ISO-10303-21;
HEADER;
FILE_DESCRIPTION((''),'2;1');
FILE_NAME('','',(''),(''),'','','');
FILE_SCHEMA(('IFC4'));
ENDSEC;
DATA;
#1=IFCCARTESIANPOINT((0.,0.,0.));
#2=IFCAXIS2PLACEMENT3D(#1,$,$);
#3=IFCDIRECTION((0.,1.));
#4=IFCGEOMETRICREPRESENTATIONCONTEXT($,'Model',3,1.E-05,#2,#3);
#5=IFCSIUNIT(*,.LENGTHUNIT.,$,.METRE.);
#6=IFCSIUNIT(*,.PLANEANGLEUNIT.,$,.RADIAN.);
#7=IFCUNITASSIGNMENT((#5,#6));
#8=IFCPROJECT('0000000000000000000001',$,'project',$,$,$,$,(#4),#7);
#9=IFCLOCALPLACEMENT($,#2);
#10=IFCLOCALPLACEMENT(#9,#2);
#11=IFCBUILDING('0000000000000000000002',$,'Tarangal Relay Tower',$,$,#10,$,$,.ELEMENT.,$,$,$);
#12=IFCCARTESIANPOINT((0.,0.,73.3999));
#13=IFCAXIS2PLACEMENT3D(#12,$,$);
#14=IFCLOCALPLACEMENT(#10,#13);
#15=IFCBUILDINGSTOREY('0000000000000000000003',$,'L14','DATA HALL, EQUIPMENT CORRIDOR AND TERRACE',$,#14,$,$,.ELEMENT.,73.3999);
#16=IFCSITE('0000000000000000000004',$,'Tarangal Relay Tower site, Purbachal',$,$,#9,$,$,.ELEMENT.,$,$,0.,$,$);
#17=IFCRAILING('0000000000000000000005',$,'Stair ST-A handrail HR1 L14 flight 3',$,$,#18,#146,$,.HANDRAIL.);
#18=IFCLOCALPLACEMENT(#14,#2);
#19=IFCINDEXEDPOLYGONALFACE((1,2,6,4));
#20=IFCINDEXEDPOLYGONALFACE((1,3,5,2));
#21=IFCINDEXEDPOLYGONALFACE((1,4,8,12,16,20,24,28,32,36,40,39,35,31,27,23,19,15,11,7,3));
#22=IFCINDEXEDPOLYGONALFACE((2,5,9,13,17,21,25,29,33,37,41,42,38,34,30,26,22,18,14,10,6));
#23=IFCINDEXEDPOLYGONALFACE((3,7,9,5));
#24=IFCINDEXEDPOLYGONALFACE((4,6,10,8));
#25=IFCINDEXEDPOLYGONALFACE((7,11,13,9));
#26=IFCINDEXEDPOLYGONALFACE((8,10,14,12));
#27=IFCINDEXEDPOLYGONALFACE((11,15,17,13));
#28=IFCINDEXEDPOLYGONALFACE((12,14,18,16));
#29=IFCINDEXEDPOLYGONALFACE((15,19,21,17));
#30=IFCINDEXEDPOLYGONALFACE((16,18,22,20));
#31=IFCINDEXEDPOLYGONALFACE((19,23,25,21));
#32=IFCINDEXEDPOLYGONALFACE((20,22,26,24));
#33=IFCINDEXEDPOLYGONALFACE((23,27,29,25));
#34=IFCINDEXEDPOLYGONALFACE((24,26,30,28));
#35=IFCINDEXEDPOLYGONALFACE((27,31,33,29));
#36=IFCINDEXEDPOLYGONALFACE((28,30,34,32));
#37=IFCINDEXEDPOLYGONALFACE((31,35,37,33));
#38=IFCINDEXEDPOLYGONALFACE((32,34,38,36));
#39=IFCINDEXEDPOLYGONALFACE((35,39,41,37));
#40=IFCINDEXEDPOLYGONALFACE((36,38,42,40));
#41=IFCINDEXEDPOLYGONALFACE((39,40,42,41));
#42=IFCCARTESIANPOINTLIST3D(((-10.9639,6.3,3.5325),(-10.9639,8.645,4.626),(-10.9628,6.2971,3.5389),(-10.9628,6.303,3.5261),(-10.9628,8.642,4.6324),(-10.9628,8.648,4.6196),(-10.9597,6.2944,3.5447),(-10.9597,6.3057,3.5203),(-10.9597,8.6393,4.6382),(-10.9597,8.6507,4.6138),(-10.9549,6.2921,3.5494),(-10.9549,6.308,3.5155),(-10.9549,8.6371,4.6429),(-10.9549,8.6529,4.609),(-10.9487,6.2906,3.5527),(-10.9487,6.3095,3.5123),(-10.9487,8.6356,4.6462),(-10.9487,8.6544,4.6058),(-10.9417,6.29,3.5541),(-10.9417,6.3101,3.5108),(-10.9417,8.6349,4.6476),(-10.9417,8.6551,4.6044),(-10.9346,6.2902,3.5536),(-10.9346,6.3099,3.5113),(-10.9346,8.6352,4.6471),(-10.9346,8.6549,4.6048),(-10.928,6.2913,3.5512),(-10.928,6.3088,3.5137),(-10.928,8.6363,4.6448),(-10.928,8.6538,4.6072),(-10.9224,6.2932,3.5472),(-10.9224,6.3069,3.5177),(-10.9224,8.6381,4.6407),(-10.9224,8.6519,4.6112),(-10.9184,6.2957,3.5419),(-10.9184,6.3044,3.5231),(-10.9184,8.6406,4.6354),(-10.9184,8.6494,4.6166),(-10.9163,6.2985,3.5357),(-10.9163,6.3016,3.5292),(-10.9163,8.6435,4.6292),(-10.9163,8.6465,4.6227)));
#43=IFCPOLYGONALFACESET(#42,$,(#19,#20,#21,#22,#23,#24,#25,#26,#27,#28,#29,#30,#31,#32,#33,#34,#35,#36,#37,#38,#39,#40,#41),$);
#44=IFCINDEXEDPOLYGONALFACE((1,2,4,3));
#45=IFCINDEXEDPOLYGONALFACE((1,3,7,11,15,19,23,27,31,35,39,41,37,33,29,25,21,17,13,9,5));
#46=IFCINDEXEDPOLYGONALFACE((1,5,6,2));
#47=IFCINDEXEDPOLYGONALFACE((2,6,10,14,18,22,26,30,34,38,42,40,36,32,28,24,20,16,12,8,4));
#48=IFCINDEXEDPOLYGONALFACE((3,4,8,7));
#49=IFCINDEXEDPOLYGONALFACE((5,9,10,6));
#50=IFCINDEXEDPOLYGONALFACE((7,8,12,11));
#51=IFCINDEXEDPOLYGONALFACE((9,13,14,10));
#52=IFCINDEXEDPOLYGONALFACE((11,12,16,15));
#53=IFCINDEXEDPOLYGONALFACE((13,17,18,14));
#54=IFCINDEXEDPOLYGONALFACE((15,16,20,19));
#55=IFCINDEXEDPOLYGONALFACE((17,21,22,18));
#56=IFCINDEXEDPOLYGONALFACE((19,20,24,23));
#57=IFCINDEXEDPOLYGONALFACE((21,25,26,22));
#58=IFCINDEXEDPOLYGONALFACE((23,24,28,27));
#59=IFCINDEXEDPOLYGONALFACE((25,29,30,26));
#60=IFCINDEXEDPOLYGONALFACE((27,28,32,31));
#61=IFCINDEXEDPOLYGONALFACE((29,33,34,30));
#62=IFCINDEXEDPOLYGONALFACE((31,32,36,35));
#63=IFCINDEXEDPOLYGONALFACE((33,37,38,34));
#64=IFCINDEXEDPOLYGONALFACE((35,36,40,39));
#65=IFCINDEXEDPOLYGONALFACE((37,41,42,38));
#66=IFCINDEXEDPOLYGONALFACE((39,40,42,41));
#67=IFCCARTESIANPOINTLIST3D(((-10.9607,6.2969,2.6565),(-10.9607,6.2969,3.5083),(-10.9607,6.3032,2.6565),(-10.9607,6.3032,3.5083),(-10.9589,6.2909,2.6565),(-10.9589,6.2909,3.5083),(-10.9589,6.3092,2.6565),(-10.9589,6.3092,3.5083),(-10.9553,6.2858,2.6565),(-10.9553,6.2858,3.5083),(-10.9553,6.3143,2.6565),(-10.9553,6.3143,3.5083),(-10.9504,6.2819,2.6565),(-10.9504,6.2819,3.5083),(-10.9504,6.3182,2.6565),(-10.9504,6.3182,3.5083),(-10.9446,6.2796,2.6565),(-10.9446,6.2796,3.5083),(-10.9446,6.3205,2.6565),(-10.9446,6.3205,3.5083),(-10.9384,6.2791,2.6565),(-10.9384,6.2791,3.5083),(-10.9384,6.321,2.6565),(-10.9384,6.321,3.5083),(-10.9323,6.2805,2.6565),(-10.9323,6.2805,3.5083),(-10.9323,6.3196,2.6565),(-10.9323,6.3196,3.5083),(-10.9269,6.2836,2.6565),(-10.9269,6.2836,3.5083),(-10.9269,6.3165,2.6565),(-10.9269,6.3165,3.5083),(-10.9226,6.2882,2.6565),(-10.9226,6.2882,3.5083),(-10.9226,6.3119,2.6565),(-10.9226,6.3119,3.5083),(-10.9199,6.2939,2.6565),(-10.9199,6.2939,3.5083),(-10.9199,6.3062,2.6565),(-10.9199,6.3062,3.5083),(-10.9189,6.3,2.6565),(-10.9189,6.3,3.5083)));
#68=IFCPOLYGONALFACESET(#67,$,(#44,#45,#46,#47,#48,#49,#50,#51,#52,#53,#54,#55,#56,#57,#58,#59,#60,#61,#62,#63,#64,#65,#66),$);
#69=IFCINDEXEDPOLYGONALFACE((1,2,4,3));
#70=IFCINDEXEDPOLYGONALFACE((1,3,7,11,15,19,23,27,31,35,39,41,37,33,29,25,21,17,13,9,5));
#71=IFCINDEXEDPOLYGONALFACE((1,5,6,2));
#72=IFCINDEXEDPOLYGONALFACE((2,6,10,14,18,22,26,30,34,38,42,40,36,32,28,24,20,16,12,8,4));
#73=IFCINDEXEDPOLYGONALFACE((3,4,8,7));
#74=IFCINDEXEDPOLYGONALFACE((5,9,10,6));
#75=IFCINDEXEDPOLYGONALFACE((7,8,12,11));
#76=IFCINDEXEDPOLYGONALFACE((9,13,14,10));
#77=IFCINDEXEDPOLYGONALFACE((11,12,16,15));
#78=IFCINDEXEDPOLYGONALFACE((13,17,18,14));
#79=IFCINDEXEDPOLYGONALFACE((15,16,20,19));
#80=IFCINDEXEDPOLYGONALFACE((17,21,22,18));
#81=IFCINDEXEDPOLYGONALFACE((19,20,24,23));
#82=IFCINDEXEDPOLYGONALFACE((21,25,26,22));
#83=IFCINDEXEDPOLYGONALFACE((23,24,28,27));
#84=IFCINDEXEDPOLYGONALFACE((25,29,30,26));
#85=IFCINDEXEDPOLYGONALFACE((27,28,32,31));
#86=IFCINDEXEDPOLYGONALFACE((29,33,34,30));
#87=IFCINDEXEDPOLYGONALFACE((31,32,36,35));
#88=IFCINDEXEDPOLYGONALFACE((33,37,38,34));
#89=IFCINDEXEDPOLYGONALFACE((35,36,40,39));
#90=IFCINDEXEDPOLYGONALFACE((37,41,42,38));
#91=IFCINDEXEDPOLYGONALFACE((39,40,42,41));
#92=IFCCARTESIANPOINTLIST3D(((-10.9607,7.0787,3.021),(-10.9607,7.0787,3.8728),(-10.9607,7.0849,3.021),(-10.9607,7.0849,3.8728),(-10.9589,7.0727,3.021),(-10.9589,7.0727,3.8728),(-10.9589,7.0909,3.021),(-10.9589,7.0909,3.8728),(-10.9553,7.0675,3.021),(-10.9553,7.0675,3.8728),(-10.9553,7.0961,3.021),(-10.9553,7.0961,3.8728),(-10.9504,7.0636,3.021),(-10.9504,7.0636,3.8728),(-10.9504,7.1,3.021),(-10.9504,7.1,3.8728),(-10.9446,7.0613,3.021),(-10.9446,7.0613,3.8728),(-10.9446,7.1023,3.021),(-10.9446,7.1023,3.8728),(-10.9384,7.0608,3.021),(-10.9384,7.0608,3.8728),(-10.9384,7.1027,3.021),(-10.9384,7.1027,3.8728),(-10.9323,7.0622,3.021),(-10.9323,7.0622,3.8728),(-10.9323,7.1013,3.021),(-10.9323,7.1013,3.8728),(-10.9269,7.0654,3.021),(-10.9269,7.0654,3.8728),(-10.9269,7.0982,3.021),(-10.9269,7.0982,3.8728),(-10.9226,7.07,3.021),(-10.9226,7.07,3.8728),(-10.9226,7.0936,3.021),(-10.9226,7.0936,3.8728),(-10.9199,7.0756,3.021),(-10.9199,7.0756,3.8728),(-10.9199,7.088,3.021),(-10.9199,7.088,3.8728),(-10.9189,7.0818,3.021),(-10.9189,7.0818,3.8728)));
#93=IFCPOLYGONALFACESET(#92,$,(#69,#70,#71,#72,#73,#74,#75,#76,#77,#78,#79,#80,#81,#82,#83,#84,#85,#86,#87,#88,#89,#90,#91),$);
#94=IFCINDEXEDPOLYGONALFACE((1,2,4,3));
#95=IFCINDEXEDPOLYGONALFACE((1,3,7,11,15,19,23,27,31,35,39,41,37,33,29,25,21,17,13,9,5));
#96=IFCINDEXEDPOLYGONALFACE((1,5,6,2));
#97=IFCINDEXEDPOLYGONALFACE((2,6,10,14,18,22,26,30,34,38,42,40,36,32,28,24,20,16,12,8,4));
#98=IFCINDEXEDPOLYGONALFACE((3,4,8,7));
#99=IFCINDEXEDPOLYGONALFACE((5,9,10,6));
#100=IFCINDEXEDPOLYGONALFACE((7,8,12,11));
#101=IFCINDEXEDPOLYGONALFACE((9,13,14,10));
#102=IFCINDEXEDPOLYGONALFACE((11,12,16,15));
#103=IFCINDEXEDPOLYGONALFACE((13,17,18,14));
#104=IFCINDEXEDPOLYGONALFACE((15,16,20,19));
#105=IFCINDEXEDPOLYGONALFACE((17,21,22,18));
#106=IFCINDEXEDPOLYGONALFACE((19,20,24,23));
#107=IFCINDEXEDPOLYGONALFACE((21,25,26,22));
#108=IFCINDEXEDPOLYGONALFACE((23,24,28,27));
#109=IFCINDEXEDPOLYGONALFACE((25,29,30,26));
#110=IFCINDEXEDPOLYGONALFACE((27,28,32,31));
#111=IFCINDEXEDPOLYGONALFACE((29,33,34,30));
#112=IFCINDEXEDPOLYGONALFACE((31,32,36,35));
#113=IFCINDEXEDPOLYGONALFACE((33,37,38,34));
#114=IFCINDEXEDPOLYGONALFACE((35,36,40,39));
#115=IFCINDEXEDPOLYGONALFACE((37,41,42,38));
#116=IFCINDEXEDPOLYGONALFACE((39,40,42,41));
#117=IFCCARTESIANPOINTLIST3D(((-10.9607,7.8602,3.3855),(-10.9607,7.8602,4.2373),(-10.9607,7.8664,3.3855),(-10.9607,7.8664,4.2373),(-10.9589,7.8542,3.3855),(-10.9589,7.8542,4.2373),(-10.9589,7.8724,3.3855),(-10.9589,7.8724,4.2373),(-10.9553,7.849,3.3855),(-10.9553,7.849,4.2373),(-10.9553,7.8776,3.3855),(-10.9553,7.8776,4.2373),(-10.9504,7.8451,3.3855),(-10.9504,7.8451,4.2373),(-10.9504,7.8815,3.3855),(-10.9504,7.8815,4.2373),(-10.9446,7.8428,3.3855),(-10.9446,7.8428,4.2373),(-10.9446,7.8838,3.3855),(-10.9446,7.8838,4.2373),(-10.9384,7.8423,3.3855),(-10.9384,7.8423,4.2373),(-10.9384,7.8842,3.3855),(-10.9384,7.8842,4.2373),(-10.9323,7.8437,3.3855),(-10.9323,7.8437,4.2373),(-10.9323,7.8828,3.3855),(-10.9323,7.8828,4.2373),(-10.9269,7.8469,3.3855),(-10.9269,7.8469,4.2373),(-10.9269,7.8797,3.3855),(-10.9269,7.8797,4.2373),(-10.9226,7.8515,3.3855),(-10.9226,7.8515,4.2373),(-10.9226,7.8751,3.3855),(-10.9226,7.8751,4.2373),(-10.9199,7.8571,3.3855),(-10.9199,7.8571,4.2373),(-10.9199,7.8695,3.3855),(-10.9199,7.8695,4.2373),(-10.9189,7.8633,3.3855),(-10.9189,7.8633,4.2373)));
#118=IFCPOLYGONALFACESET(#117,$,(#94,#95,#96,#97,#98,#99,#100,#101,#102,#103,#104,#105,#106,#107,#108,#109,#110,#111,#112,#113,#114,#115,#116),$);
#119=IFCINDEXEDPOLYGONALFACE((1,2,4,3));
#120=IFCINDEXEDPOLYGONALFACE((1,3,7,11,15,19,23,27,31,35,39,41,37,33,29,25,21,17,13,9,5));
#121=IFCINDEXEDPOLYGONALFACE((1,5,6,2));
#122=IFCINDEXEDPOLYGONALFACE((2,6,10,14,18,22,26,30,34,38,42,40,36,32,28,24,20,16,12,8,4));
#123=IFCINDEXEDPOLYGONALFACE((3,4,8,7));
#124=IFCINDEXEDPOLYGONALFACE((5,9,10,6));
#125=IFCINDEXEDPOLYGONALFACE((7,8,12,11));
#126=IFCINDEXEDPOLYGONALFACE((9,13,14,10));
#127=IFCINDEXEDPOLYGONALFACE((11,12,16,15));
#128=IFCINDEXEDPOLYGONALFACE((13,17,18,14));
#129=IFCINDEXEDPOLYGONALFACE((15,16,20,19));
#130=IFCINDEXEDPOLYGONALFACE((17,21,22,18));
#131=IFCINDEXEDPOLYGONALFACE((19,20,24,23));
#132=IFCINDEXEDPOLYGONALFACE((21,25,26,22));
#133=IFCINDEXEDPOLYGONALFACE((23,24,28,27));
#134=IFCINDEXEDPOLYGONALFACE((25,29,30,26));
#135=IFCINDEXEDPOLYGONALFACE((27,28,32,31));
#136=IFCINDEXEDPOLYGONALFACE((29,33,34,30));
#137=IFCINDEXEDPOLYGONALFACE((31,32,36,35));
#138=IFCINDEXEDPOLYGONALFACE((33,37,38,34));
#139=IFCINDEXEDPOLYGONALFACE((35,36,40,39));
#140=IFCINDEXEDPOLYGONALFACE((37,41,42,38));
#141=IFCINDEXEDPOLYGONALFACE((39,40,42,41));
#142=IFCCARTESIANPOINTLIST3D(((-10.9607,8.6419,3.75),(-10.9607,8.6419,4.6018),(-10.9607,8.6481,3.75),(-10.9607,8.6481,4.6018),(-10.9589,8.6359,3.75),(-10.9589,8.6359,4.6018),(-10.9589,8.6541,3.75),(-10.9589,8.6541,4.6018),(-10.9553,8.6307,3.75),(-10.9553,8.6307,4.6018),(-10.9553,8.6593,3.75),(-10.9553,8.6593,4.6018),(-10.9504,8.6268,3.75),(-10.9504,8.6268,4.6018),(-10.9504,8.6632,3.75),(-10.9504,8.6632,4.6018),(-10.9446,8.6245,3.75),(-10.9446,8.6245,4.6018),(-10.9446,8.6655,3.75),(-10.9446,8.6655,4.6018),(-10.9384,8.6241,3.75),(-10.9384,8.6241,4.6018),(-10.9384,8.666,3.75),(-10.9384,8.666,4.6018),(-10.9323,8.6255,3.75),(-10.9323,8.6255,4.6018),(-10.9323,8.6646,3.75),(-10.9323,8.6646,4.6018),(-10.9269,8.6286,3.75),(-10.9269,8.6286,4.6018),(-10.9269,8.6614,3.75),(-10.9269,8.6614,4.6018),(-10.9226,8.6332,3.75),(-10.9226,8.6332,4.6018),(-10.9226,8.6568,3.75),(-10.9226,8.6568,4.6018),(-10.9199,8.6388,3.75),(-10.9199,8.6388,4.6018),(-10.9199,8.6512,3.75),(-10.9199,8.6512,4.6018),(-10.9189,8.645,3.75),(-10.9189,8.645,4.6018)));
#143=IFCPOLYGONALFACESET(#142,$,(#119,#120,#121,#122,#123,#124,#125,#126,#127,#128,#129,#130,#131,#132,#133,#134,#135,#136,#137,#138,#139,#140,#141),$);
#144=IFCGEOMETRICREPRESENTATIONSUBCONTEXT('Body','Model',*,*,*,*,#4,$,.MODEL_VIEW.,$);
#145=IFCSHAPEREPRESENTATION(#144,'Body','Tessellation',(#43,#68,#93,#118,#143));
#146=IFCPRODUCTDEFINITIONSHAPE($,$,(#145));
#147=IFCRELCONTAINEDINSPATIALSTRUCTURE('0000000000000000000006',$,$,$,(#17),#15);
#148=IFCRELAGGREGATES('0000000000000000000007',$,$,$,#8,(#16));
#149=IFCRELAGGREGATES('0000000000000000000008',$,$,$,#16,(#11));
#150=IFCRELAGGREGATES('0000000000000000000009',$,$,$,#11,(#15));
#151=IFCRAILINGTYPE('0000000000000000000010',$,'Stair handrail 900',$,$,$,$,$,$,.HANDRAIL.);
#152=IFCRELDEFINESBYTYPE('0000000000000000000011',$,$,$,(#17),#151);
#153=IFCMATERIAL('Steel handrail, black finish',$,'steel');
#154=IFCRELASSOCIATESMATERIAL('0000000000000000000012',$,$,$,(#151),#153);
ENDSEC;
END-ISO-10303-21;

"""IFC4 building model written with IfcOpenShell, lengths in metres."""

from ifc_helpers import new_model, si_unit, direction, frame, origin, origin_2d, place, context, subcontext, project, spatial, circle, extrude, material, type_object, element, save


model = new_model("IFC4")

# Units and contexts
model_context = context("Model", 3, precision=1e-05, world=origin(), true_north=direction((0.0, 1.0)))
body_context = subcontext(model_context, "Body", "Model", "MODEL_VIEW")
ifc_project = project(units=[si_unit("LENGTHUNIT", "METRE"), si_unit("PLANEANGLEUNIT", "RADIAN")], contexts=[model_context])

# Site, building, storey
site_placement = place(None, origin())
site = spatial("IfcSite", under=ifc_project, at=site_placement, Name="Tarangal Relay Tower site, Purbachal", CompositionType="ELEMENT", RefElevation=0.0)
building_placement = place(site_placement, origin())
building = spatial("IfcBuilding", under=site, at=building_placement, Name="Tarangal Relay Tower", CompositionType="ELEMENT")
storey_placement = place(building_placement, frame((0.0, 0.0, 73.3999)))
storey = spatial("IfcBuildingStorey", under=building, at=storey_placement, Name="L14", Description="DATA HALL, EQUIPMENT CORRIDOR AND TERRACE", CompositionType="ELEMENT", Elevation=73.3999)

# Railing
ifc_material_1 = material(Name="Steel handrail, black finish", Category="steel")
railing_type = type_object("IfcRailingType", Name="Stair handrail 900", PredefinedType="HANDRAIL", material=ifc_material_1)
for number, where, name in (
    (1, (-10.9399, 6.3, 2.6565), "Stair ST-A handrail HR1 L14 flight 3"),
):
    element("IfcRailing", number, at=place(storey_placement, frame(where)), inside=storey, type_object=railing_type, Name=name, PredefinedType="HANDRAIL", context=body_context, shape_type="SweptSolid", body=[
        extrude(circle(Radius=0.0239, at=origin_2d()), frame((0.0, 0.0, 0.876), z_axis=(0.0, 0.906304, 0.422627), x_axis=(-1.0, 0.0, 0.0)), (0.0, 0.0, 1.0), 2.5874),
        extrude(circle(Radius=0.021, at=origin_2d()), origin(), (0.0, 0.0, 1.0), 0.8518),
        extrude(circle(Radius=0.021, at=origin_2d()), frame((0.0, 0.7817, 0.3645)), (0.0, 0.0, 1.0), 0.8518),
        extrude(circle(Radius=0.021, at=origin_2d()), frame((0.0, 1.5632, 0.729)), (0.0, 0.0, 1.0), 0.8518),
        extrude(circle(Radius=0.021, at=origin_2d()), frame((0.0, 2.345, 1.0935)), (0.0, 0.0, 1.0), 0.8518),
    ])

save(model, "model.ifc")
